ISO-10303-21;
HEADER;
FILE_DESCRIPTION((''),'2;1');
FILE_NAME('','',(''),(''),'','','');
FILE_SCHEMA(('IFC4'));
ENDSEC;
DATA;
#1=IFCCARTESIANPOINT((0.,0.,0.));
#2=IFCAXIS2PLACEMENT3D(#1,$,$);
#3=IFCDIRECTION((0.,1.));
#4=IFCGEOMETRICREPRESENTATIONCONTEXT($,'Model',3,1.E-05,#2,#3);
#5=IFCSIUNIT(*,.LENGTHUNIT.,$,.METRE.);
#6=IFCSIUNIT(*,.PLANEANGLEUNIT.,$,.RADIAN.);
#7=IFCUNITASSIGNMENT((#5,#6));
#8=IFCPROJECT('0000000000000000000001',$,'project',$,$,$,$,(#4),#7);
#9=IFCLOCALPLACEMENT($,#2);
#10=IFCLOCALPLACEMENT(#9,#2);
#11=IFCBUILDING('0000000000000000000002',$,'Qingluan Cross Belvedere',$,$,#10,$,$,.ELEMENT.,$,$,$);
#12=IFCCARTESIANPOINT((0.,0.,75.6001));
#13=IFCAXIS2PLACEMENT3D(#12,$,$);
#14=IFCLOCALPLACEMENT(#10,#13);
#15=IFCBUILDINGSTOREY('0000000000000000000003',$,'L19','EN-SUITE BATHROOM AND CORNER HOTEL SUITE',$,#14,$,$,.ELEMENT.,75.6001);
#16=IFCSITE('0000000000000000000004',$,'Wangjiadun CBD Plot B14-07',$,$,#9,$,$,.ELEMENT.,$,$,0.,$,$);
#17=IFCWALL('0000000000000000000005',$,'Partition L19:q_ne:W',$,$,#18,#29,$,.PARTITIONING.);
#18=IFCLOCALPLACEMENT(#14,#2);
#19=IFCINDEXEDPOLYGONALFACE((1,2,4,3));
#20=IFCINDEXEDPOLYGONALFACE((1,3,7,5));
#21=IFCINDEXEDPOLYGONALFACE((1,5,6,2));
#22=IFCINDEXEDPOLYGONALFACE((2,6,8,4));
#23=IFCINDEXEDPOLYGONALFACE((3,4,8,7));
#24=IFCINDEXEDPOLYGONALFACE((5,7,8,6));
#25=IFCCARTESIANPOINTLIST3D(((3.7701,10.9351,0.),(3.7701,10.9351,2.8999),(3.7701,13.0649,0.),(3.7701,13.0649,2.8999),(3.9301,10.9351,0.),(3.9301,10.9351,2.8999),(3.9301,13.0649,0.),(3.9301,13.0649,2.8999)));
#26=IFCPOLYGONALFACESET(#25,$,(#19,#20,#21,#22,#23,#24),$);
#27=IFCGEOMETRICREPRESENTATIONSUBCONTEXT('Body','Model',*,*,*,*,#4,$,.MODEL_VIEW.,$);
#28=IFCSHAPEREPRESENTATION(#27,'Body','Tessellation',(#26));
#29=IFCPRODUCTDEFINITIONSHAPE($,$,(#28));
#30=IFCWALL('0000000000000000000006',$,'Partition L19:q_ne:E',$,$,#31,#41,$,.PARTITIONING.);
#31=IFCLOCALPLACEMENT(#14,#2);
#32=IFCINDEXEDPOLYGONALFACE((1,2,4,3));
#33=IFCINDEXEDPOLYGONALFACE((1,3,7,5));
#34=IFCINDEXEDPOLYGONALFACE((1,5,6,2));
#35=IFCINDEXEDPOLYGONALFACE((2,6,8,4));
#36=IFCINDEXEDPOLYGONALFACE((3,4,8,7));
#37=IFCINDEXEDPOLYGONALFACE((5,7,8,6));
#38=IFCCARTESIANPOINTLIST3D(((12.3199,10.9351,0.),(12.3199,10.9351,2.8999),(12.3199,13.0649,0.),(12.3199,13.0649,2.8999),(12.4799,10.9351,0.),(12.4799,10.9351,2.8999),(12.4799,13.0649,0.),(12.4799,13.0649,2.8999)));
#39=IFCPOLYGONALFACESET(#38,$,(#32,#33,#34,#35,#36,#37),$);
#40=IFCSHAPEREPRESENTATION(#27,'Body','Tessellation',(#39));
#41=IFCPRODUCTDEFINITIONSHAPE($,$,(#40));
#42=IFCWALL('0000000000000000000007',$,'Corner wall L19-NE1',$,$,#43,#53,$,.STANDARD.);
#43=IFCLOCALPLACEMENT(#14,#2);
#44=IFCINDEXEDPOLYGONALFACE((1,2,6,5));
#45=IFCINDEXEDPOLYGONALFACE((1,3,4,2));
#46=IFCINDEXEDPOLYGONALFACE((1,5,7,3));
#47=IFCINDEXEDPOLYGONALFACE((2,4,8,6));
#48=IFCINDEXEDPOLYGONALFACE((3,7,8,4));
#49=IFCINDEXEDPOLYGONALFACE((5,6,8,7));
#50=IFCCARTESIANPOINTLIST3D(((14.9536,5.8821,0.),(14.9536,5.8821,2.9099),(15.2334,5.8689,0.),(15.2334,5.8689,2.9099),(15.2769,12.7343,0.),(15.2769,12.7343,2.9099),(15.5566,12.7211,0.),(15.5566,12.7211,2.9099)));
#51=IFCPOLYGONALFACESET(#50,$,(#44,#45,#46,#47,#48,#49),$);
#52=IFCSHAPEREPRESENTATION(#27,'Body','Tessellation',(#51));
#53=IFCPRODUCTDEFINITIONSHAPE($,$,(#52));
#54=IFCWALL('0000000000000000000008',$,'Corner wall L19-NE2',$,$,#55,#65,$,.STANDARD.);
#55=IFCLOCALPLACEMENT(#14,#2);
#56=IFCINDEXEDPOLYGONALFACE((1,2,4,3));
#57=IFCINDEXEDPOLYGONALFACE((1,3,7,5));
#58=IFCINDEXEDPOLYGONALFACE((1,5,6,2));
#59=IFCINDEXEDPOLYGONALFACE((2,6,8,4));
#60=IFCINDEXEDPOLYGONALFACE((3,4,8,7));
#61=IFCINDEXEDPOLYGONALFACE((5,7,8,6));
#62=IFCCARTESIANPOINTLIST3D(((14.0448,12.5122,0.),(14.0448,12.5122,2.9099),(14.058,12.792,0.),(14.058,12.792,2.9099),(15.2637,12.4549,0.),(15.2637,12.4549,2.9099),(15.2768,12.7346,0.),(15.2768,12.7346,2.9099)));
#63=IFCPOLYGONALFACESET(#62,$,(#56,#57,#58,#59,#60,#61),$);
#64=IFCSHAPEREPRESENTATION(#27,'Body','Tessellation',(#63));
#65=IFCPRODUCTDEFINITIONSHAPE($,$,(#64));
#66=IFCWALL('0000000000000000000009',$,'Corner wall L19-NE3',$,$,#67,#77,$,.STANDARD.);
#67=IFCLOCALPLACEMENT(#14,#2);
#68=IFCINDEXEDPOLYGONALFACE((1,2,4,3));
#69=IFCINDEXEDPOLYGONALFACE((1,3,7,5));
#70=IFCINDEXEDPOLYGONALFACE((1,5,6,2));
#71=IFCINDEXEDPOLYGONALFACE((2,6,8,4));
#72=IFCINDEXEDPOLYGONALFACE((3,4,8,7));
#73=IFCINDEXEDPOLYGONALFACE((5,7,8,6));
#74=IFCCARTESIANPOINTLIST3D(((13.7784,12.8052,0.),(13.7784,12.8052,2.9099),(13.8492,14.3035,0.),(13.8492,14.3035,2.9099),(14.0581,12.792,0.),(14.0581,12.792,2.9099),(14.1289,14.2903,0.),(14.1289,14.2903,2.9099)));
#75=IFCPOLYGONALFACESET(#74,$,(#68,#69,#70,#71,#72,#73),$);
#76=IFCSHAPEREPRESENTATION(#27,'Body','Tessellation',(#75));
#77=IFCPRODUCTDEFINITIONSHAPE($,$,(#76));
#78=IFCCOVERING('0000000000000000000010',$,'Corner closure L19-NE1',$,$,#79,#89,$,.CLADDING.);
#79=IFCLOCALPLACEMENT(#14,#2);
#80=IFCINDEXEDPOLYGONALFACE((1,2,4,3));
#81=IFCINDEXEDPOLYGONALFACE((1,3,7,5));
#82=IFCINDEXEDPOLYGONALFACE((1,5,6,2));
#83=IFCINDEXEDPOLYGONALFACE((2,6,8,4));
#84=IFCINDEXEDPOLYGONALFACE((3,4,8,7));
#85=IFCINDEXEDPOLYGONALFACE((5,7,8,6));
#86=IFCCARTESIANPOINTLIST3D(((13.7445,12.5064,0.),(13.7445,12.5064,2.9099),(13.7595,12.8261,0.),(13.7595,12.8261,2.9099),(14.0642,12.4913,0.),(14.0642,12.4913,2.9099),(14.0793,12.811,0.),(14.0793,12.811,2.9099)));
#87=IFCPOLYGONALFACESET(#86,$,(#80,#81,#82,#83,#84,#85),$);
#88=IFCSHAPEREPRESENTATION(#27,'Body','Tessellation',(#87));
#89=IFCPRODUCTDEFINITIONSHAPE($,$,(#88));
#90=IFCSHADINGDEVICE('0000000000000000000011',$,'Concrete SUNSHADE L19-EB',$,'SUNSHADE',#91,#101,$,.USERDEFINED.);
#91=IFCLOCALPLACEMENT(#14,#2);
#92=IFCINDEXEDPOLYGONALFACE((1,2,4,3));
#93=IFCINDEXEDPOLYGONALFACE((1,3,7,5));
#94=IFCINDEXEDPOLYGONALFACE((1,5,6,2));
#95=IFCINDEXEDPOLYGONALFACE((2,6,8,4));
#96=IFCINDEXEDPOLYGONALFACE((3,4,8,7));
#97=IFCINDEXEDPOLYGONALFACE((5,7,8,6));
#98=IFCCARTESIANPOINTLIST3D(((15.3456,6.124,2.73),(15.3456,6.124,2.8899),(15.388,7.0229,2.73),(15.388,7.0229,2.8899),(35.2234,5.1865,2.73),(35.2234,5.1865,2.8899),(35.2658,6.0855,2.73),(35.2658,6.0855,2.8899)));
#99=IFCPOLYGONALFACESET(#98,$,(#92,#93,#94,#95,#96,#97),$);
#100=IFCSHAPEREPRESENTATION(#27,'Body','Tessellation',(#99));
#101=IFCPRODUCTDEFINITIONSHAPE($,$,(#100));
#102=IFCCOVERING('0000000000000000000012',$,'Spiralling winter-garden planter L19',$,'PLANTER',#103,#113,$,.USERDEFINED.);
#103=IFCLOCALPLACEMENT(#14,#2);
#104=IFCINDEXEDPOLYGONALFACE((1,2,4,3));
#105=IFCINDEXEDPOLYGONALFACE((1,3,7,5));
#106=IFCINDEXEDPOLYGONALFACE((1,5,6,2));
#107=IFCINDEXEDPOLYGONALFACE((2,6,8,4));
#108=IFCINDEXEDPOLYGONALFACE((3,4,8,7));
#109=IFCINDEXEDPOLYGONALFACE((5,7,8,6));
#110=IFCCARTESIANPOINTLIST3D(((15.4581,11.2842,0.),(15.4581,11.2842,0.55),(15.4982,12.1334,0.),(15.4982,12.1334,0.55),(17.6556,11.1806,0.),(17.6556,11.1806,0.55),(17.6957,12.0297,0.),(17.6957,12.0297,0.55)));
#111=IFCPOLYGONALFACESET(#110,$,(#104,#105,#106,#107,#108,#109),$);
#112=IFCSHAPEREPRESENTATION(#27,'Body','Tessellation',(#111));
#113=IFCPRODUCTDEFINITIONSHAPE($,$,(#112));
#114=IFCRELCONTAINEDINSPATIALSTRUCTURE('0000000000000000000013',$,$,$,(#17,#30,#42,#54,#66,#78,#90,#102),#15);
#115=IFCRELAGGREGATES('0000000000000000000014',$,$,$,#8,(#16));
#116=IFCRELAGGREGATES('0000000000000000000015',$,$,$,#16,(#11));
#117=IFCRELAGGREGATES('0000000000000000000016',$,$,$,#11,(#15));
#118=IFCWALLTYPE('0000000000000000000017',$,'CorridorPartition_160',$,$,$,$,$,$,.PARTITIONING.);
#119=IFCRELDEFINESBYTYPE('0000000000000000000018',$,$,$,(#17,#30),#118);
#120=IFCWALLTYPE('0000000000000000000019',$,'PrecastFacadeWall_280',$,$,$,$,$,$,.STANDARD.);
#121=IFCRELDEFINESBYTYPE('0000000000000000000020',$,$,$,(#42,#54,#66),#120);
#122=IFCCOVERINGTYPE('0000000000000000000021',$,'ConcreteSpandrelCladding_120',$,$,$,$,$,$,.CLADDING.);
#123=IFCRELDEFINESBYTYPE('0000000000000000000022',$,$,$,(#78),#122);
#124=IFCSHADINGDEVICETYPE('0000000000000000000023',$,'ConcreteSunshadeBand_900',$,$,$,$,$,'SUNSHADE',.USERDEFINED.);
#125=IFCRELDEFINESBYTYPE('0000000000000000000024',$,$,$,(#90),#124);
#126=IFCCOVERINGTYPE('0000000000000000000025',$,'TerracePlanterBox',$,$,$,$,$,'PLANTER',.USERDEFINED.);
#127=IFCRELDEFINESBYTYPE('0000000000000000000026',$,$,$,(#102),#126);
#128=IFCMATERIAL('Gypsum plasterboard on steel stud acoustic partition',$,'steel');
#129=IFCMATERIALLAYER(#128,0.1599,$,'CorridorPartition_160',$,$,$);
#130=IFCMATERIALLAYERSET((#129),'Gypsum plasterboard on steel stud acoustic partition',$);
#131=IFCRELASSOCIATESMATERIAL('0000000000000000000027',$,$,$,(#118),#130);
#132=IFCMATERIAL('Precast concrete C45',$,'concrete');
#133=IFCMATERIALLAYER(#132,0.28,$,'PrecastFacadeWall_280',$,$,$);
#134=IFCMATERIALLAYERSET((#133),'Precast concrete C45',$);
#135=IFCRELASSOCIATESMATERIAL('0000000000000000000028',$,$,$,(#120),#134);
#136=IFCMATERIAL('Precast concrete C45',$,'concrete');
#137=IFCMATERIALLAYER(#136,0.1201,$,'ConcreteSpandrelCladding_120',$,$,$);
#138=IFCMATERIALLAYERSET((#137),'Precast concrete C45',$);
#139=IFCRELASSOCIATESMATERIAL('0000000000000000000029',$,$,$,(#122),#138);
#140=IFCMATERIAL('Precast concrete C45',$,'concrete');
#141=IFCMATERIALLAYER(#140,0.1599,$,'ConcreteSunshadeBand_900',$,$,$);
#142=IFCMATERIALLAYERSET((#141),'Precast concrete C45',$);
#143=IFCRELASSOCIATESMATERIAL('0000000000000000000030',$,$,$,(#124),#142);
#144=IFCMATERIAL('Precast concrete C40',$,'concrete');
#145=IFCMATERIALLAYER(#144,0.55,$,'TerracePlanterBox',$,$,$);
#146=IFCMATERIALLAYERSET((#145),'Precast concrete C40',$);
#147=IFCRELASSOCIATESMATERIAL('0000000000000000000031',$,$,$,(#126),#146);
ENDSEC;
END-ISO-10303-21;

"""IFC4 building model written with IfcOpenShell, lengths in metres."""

from ifc_helpers import new_model, si_unit, direction, frame, frame_2d, origin, origin_2d, place, context, subcontext, project, spatial, rectangle, extrude, material, layer, layer_set, type_object, element, save


model = new_model("IFC4")

# Units and contexts
model_context = context("Model", 3, precision=1e-05, world=origin(), true_north=direction((0.0, 1.0)))
body_context = subcontext(model_context, "Body", "Model", "MODEL_VIEW")
ifc_project = project(units=[si_unit("LENGTHUNIT", "METRE"), si_unit("PLANEANGLEUNIT", "RADIAN")], contexts=[model_context])

# Site, building, storey
site_placement = place(None, origin())
site = spatial("IfcSite", under=ifc_project, at=site_placement, Name="Wangjiadun CBD Plot B14-07", CompositionType="ELEMENT", RefElevation=0.0)
building_placement = place(site_placement, origin())
building = spatial("IfcBuilding", under=site, at=building_placement, Name="Qingluan Cross Belvedere", CompositionType="ELEMENT")
storey_placement = place(building_placement, frame((0.0, 0.0, 75.6001)))
storey = spatial("IfcBuildingStorey", under=building, at=storey_placement, Name="L19", Description="EN-SUITE BATHROOM AND CORNER HOTEL SUITE", CompositionType="ELEMENT", Elevation=75.6001)

# Shared definitions
ifc_material_1 = material(Name="Gypsum plasterboard on steel stud acoustic partition", Category="steel")
ifc_layer_1 = layer(ifc_material_1, 0.1599, Name="CorridorPartition_160")
ifc_layer_set_1 = layer_set([ifc_layer_1], Name="Gypsum plasterboard on steel stud acoustic partition")
wall_type_1 = type_object("IfcWallType", Name="CorridorPartition_160", PredefinedType="PARTITIONING", material=ifc_layer_set_1)

# Walls
for number, where, z_axis, x_axis, name in (
    (1, (3.8501, 10.9351, 0.0), (0.0, 0.0, 1.0), (0.0, 1.0, 0.0), "Partition L19:q_ne:W"),
    (2, (12.3999, 10.9351, 0.0), (0.0, 0.0, 1.0), (0.0, 1.0, 0.0), "Partition L19:q_ne:E"),
):
    element("IfcWall", number, at=place(storey_placement, frame(where, z_axis=z_axis, x_axis=x_axis)), inside=storey, type_object=wall_type_1, Name=name, PredefinedType="PARTITIONING", context=body_context, shape_type="SweptSolid", body=[
        extrude(rectangle(XDim=2.1299, YDim=0.1599, at=frame_2d((1.0649, 0.0))), origin(), (0.0, 0.0, 1.0), 2.8999),
    ])
ifc_material_2 = material(Name="Precast concrete C45", Category="concrete")
ifc_layer_2 = layer(ifc_material_2, 0.28, Name="PrecastFacadeWall_280")
ifc_layer_set_2 = layer_set([ifc_layer_2], Name="Precast concrete C45")
wall_type_2 = type_object("IfcWallType", Name="PrecastFacadeWall_280", PredefinedType="STANDARD", material=ifc_layer_set_2)
wall_1_placement = place(storey_placement, frame((15.0935, 5.8755, 0.0), z_axis=(0.0, 0.0, 1.0), x_axis=(0.04712, 0.998889, 0.0)))
element("IfcWall", 3, at=wall_1_placement, inside=storey, type_object=wall_type_2, Name="Corner wall L19-NE1", PredefinedType="STANDARD", context=body_context, shape_type="SweptSolid", body=[
    extrude(rectangle(XDim=6.8599, YDim=0.28, at=frame_2d((3.4299, 0.0))), origin(), (0.0, 0.0, 1.0), 2.9099),
])
wall_2_placement = place(storey_placement, frame((15.2703, 12.5947, 0.0), z_axis=(0.0, 0.0, 1.0), x_axis=(-0.998894, 0.047023, 0.0)))
element("IfcWall", 4, at=wall_2_placement, inside=storey, type_object=wall_type_2, Name="Corner wall L19-NE2", PredefinedType="STANDARD", context=body_context, shape_type="SweptSolid", body=[
    extrude(rectangle(XDim=1.2202, YDim=0.28, at=frame_2d((0.6101, 0.0))), origin(), (0.0, 0.0, 1.0), 2.9099),
])
wall_3_placement = place(storey_placement, frame((13.9182, 12.7986, 0.0), z_axis=(0.0, 0.0, 1.0), x_axis=(0.047202, 0.998885, 0.0)))
element("IfcWall", 5, at=wall_3_placement, inside=storey, type_object=wall_type_2, Name="Corner wall L19-NE3", PredefinedType="STANDARD", context=body_context, shape_type="SweptSolid", body=[
    extrude(rectangle(XDim=1.5, YDim=0.28, at=frame_2d((0.75, 0.0))), origin(), (0.0, 0.0, 1.0), 2.9099),
])

# Covering
ifc_material_3 = material(Name="Precast concrete C45", Category="concrete")
ifc_layer_3 = layer(ifc_material_3, 0.1201, Name="ConcreteSpandrelCladding_120")
ifc_layer_set_3 = layer_set([ifc_layer_3], Name="Precast concrete C45")
covering_type_1 = type_object("IfcCoveringType", Name="ConcreteSpandrelCladding_120", PredefinedType="CLADDING", material=ifc_layer_set_3)
covering_1_placement = place(storey_placement, frame((13.9119, 12.6587, 0.0), z_axis=(0.0, 0.0, 1.0), x_axis=(0.99889, -0.047106, 0.0)))
element("IfcCovering", 6, at=covering_1_placement, inside=storey, type_object=covering_type_1, Name="Corner closure L19-NE1", PredefinedType="CLADDING", context=body_context, shape_type="SweptSolid", body=[
    extrude(rectangle(XDim=0.3201, YDim=0.3201, at=origin_2d()), origin(), (0.0, 0.0, 1.0), 2.9099),
])

# Shading device
ifc_material_4 = material(Name="Precast concrete C45", Category="concrete")
ifc_layer_4 = layer(ifc_material_4, 0.1599, Name="ConcreteSunshadeBand_900")
ifc_layer_set_4 = layer_set([ifc_layer_4], Name="Precast concrete C45")
shading_device_type = type_object("IfcShadingDeviceType", Name="ConcreteSunshadeBand_900", ElementType="SUNSHADE", PredefinedType="USERDEFINED", material=ifc_layer_set_4)
shading_device_placement = place(storey_placement, frame((25.3057, 6.1047, 2.73), z_axis=(0.0, 0.0, 1.0), x_axis=(-0.99889, 0.047109, 0.0)))
element("IfcShadingDevice", 7, at=shading_device_placement, inside=storey, type_object=shading_device_type, Name="Concrete SUNSHADE L19-EB", ObjectType="SUNSHADE", PredefinedType="USERDEFINED", context=body_context, shape_type="SweptSolid", body=[
    extrude(rectangle(XDim=19.8999, YDim=0.8999, at=origin_2d()), origin(), (0.0, 0.0, 1.0), 0.1599),
])

# Covering
ifc_material_5 = material(Name="Precast concrete C40", Category="concrete")
ifc_layer_5 = layer(ifc_material_5, 0.55, Name="TerracePlanterBox")
ifc_layer_set_5 = layer_set([ifc_layer_5], Name="Precast concrete C40")
covering_type_2 = type_object("IfcCoveringType", Name="TerracePlanterBox", ElementType="PLANTER", PredefinedType="USERDEFINED", material=ifc_layer_set_5)
covering_2_placement = place(storey_placement, frame((16.5769, 11.657, 0.0), z_axis=(0.0, 0.0, 1.0), x_axis=(0.99889, -0.047106, 0.0)))
element("IfcCovering", 8, at=covering_2_placement, inside=storey, type_object=covering_type_2, Name="Spiralling winter-garden planter L19", ObjectType="PLANTER", PredefinedType="USERDEFINED", context=body_context, shape_type="SweptSolid", body=[
    extrude(rectangle(XDim=2.2, YDim=0.8501, at=origin_2d()), origin(), (0.0, 0.0, 1.0), 0.55),
])

save(model, "model.ifc")
